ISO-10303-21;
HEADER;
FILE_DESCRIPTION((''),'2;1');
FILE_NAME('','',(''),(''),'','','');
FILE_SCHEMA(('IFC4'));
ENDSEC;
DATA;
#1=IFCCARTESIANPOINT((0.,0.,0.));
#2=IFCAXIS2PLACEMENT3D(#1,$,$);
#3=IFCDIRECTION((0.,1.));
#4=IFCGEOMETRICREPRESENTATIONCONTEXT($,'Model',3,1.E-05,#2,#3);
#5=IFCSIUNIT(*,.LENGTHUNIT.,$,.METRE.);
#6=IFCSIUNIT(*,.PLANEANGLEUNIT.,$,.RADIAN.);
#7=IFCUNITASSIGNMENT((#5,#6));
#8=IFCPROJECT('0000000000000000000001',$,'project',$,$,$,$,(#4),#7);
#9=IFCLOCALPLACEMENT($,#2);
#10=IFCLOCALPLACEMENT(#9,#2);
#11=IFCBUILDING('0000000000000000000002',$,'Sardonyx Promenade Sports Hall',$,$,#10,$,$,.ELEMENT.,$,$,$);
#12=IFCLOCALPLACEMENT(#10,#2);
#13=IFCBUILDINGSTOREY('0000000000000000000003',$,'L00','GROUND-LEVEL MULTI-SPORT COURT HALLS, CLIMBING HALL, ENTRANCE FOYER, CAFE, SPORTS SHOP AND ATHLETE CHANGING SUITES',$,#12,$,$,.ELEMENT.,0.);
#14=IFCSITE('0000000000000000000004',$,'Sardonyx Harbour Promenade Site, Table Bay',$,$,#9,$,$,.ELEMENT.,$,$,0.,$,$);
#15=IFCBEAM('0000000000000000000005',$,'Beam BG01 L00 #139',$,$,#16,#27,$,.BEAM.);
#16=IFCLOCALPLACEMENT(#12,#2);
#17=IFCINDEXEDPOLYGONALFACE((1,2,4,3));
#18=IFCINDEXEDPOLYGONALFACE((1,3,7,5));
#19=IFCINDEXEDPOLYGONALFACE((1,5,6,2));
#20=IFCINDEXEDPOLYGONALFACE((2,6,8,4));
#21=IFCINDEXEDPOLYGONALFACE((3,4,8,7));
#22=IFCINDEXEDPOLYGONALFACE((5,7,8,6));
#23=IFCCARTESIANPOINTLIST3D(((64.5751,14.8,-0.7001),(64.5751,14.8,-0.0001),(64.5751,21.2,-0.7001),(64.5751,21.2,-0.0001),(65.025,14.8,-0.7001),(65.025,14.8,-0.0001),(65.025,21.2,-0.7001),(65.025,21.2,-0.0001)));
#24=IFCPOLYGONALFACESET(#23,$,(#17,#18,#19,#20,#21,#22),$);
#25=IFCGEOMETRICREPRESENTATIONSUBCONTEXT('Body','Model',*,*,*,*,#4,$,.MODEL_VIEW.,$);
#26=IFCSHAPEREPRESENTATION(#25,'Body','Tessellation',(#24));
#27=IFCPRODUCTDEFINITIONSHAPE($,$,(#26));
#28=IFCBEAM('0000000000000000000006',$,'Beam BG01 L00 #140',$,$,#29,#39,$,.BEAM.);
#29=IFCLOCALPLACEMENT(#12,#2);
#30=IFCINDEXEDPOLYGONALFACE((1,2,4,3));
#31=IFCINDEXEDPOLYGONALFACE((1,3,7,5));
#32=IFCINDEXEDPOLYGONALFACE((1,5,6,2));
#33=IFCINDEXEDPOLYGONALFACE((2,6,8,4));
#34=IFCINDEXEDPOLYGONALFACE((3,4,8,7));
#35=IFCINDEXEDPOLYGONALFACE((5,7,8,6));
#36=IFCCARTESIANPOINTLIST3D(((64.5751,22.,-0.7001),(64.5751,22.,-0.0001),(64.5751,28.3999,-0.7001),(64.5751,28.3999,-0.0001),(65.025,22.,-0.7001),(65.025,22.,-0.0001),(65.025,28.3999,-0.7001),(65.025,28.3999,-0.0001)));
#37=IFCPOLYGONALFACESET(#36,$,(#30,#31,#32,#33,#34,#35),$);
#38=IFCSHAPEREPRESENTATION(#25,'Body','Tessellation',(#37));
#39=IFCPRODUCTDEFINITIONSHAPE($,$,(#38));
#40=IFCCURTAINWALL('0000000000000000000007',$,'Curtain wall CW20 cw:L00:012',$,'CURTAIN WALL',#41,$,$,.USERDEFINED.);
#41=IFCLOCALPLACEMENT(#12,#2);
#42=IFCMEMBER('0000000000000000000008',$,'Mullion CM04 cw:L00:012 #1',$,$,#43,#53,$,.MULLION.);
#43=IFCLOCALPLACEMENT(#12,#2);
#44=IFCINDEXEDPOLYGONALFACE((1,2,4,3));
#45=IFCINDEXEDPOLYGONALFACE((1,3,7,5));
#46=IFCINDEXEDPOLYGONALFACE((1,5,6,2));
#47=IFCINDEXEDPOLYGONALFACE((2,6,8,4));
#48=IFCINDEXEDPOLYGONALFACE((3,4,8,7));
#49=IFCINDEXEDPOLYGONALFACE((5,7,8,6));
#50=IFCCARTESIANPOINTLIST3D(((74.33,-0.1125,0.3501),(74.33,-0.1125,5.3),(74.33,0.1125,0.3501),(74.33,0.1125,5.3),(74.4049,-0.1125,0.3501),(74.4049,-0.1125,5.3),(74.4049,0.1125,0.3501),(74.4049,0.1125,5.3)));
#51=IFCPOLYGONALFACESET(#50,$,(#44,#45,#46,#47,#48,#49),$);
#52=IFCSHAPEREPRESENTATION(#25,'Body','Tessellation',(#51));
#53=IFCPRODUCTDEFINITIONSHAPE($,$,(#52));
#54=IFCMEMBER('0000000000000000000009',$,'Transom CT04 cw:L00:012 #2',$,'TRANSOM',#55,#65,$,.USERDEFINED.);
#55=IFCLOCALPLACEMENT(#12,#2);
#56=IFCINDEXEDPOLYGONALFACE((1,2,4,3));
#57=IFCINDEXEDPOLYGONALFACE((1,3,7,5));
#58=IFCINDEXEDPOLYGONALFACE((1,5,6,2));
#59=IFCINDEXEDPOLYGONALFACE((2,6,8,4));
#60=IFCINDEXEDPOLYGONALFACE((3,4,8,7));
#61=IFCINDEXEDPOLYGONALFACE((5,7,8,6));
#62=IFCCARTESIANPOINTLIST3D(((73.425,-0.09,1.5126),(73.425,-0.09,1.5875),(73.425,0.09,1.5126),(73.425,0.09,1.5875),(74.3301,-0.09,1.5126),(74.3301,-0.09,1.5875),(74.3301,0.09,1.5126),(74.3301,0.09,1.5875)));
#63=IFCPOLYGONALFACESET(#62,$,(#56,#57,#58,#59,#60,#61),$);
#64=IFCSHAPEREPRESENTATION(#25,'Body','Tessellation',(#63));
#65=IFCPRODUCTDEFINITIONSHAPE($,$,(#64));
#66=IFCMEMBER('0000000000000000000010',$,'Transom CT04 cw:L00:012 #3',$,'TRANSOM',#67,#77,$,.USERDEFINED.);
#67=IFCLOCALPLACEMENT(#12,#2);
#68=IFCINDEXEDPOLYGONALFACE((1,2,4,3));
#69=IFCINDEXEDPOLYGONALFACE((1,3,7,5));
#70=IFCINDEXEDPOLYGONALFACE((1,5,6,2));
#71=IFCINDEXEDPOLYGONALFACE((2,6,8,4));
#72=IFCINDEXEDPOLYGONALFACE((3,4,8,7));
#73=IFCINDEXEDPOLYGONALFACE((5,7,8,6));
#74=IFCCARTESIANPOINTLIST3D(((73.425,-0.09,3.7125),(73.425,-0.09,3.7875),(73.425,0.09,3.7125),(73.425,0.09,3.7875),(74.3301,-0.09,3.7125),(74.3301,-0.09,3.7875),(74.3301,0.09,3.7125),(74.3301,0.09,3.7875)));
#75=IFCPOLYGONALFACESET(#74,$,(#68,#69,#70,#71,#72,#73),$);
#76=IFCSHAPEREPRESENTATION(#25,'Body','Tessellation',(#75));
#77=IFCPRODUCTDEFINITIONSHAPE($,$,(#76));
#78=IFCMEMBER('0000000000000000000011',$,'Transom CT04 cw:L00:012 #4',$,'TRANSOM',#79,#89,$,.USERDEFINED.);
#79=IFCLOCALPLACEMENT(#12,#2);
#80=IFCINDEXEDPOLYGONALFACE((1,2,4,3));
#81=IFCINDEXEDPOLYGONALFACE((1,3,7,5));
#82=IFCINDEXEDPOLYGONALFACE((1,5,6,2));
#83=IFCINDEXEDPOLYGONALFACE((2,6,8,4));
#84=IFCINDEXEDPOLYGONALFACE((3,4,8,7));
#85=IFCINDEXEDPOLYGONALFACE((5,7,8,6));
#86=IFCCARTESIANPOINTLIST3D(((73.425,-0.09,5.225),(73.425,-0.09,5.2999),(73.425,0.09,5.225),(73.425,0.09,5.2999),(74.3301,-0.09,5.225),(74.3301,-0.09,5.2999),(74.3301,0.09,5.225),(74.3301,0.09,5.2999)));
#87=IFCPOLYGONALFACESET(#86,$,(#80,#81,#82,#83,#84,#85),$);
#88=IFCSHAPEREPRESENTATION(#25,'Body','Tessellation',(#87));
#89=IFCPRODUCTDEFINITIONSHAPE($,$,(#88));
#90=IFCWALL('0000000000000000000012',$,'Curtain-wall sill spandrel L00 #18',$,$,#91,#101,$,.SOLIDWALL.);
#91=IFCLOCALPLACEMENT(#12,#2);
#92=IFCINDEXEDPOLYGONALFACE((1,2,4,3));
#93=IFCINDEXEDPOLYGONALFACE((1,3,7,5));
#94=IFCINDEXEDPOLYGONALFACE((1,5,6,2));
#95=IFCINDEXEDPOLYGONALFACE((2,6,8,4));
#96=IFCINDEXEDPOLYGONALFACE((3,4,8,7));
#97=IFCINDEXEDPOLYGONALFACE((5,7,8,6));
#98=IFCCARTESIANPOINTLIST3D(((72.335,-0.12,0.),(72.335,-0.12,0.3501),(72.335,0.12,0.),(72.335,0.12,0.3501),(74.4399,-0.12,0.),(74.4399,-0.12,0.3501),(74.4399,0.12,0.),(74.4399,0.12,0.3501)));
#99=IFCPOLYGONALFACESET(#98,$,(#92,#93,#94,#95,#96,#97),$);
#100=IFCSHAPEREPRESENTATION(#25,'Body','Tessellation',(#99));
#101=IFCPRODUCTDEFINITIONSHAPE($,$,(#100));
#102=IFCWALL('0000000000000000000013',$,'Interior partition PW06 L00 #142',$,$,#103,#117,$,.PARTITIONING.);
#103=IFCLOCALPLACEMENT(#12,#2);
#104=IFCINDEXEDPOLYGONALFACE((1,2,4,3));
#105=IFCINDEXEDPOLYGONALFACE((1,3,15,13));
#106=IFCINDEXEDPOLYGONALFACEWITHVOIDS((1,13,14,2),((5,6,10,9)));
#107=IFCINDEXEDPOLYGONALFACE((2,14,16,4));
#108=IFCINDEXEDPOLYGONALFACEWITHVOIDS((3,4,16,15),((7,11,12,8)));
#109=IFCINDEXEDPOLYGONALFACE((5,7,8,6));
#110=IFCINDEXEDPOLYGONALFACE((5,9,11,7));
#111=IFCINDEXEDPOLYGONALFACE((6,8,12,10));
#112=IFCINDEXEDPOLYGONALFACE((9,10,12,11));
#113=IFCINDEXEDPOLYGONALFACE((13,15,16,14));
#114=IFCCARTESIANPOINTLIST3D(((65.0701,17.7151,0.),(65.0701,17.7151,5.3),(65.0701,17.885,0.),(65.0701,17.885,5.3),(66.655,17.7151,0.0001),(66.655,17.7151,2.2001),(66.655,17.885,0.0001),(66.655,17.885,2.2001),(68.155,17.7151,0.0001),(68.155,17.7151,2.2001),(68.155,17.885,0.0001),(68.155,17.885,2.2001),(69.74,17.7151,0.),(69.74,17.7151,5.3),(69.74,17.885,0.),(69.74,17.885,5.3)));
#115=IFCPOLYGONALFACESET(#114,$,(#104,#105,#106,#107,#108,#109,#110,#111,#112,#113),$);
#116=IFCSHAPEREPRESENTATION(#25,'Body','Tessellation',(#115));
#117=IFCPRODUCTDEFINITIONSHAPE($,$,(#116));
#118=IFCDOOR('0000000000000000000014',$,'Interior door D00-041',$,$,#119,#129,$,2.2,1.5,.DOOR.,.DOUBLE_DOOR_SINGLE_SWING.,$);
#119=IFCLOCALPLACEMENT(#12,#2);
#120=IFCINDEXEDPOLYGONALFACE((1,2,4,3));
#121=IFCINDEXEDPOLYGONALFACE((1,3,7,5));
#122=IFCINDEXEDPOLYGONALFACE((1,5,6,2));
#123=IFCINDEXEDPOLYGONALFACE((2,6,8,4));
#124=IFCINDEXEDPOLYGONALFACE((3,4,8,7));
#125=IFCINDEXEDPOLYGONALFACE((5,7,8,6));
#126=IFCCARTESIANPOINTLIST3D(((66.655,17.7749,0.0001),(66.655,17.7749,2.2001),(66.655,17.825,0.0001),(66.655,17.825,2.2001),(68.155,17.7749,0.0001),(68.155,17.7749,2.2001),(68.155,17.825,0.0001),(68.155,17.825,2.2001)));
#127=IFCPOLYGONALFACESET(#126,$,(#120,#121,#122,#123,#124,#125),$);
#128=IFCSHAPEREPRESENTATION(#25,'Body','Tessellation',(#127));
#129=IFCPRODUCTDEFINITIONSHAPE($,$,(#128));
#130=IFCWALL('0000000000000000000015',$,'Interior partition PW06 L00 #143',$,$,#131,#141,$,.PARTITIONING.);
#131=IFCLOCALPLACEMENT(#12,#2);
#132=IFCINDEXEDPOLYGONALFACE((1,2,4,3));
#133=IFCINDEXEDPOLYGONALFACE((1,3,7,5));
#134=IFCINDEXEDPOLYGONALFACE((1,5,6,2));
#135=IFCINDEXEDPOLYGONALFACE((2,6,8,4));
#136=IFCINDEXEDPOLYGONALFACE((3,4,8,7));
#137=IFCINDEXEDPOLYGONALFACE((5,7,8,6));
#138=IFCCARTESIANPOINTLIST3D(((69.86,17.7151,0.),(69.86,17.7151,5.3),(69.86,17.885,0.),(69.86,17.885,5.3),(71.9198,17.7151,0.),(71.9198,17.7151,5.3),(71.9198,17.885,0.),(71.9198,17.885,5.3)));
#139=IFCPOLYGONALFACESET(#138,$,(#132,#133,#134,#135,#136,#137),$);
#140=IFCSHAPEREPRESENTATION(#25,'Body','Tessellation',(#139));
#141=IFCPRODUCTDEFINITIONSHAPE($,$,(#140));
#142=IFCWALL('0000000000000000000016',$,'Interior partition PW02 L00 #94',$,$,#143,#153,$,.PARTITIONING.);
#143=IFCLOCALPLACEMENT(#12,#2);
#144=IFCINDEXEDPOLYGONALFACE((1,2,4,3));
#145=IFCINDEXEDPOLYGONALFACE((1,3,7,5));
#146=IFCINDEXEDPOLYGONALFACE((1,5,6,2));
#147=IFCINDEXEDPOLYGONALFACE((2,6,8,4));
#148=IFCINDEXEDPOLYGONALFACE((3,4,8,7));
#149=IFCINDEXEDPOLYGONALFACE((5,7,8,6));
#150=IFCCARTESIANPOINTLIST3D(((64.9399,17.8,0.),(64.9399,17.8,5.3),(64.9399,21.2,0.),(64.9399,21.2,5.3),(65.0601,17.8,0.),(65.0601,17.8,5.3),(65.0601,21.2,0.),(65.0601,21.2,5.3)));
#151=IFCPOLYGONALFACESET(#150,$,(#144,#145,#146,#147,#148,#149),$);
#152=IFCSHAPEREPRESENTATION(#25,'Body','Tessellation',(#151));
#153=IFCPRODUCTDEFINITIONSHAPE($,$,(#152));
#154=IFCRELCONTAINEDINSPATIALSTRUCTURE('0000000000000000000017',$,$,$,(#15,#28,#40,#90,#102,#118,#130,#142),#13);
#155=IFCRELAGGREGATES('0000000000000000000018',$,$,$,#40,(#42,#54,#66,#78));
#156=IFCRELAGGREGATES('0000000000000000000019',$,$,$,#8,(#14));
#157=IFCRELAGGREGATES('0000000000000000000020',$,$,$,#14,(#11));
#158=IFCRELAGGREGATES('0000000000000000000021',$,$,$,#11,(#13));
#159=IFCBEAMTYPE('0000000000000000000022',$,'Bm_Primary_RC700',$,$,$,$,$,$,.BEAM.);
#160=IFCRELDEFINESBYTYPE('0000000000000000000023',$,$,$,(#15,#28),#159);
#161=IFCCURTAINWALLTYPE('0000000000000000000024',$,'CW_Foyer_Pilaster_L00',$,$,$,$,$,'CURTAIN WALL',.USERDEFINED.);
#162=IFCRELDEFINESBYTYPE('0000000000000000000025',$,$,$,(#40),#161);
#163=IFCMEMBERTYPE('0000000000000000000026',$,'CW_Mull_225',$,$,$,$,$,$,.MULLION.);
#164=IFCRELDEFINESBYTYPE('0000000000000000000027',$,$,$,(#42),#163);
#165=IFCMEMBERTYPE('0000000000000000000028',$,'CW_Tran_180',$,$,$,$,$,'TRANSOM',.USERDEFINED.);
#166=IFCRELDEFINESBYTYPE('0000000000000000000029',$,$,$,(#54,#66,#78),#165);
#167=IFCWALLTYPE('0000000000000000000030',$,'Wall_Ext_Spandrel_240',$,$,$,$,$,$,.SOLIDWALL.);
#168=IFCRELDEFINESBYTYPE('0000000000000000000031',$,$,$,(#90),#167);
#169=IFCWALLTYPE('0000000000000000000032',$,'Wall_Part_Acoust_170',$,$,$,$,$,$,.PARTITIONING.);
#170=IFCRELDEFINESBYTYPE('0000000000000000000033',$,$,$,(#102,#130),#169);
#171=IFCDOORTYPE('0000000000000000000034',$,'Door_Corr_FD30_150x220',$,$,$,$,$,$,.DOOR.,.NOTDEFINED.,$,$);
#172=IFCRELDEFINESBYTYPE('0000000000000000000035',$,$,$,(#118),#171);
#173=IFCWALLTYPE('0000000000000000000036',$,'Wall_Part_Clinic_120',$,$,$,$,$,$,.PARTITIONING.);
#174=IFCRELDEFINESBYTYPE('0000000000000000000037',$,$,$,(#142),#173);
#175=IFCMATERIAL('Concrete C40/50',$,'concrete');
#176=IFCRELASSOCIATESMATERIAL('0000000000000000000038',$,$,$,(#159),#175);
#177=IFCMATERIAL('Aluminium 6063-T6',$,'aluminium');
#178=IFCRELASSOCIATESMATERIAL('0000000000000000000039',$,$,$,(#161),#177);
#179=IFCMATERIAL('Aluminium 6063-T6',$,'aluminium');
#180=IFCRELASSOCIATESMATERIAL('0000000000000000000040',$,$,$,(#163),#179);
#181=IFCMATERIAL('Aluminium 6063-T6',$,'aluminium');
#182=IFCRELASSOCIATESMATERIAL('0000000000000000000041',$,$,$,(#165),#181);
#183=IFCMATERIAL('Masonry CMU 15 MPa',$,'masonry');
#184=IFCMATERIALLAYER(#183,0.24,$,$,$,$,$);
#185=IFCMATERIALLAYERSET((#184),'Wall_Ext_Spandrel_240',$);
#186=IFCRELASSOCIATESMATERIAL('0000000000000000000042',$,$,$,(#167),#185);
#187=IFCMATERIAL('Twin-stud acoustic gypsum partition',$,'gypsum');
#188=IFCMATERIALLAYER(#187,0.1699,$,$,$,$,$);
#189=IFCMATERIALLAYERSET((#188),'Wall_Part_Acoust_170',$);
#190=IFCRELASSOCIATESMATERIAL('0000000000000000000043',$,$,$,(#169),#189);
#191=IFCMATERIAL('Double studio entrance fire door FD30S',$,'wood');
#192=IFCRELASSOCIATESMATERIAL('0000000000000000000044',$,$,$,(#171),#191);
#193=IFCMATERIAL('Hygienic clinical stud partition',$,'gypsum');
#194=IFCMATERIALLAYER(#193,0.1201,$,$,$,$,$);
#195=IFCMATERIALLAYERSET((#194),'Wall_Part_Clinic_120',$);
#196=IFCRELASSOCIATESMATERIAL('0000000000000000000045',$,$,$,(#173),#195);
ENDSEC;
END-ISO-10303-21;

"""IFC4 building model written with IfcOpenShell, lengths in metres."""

from ifc_helpers import new_model, si_unit, direction, frame, frame_2d, origin, origin_2d, place, context, subcontext, project, spatial, rectangle, extrude, material, layer, layer_set, material_profile, profile_set, type_object, element, fill, aggregate, save


model = new_model("IFC4")

# Units and contexts
model_context = context("Model", 3, precision=1e-05, world=origin(), true_north=direction((0.0, 1.0)))
body_context = subcontext(model_context, "Body", "Model", "MODEL_VIEW")
ifc_project = project(units=[si_unit("LENGTHUNIT", "METRE"), si_unit("PLANEANGLEUNIT", "RADIAN")], contexts=[model_context])

# Site, building, storey
site_placement = place(None, origin())
site = spatial("IfcSite", under=ifc_project, at=site_placement, Name="Sardonyx Harbour Promenade Site, Table Bay", CompositionType="ELEMENT", RefElevation=0.0)
building_placement = place(site_placement, origin())
building = spatial("IfcBuilding", under=site, at=building_placement, Name="Sardonyx Promenade Sports Hall", CompositionType="ELEMENT")
storey_placement = place(building_placement, origin())
storey = spatial("IfcBuildingStorey", under=building, at=storey_placement, Name="L00", Description="GROUND-LEVEL MULTI-SPORT COURT HALLS, CLIMBING HALL, ENTRANCE FOYER, CAFE, SPORTS SHOP AND ATHLETE CHANGING SUITES", CompositionType="ELEMENT", Elevation=0.0)

# Beams
ifc_material_1 = material(Name="Concrete C40/50", Category="concrete")
ifc_material_profile_1 = material_profile(ifc_material_1, rectangle(XDim=0.45, YDim=0.7, at=origin_2d()))
ifc_profile_set_1 = profile_set([ifc_material_profile_1], Name="Concrete C40/50")
beam_type_1 = type_object("IfcBeamType", Name="Bm_Primary_RC700", PredefinedType="BEAM", material=ifc_profile_set_1)
for number, where, z_axis, x_axis, name in (
    (1, (64.8, 14.8, -0.3501), (0.0, 1.0, 0.0), (-1.0, 0.0, 0.0), "Beam BG01 L00 #139"),
    (2, (64.8, 22.0, -0.3501), (0.0, 1.0, 0.0), (-1.0, 0.0, 0.0), "Beam BG01 L00 #140"),
):
    element("IfcBeam", number, at=place(storey_placement, frame(where, z_axis=z_axis, x_axis=x_axis)), inside=storey, type_object=beam_type_1, Name=name, PredefinedType="BEAM", context=body_context, shape_type="SweptSolid", body=[
        extrude(rectangle(XDim=0.45, YDim=0.7, at=origin_2d()), origin(), (0.0, 0.0, 1.0), 6.3999),
    ])

# Curtain wall, members
ifc_material_2 = material(Name="Aluminium 6063-T6", Category="aluminium")
curtain_wall_type = type_object("IfcCurtainWallType", Name="CW_Foyer_Pilaster_L00", ElementType="CURTAIN WALL", PredefinedType="USERDEFINED", material=ifc_material_2)
curtain_wall_placement = place(storey_placement, origin())
curtain_wall = element("IfcCurtainWall", 3, at=curtain_wall_placement, inside=storey, type_object=curtain_wall_type, Name="Curtain wall CW20 cw:L00:012", ObjectType="CURTAIN WALL", PredefinedType="USERDEFINED")
ifc_material_3 = material(Name="Aluminium 6063-T6", Category="aluminium")
ifc_material_profile_2 = material_profile(ifc_material_3, rectangle(XDim=0.075, YDim=0.2251, at=origin_2d()))
ifc_profile_set_2 = profile_set([ifc_material_profile_2], Name="Aluminium 6063-T6")
member_type_1 = type_object("IfcMemberType", Name="CW_Mull_225", PredefinedType="MULLION", material=ifc_profile_set_2)
member_1_placement = place(storey_placement, frame((74.3674, 0.0, 0.3501), z_axis=(0.0, 0.0, 1.0), x_axis=(-1.0, 0.0, 0.0)))
member_1 = element("IfcMember", 4, at=member_1_placement, type_object=member_type_1, Name="Mullion CM04 cw:L00:012 #1", PredefinedType="MULLION", context=body_context, shape_type="SweptSolid", body=[
    extrude(rectangle(XDim=0.075, YDim=0.2251, at=origin_2d()), origin(), (0.0, 0.0, 1.0), 4.95),
])
ifc_material_4 = material(Name="Aluminium 6063-T6", Category="aluminium")
ifc_material_profile_3 = material_profile(ifc_material_4, rectangle(XDim=0.075, YDim=0.1799, at=origin_2d()))
ifc_profile_set_3 = profile_set([ifc_material_profile_3], Name="Aluminium 6063-T6")
member_type_2 = type_object("IfcMemberType", Name="CW_Tran_180", ElementType="TRANSOM", PredefinedType="USERDEFINED", material=ifc_profile_set_3)
member_2_placement = place(storey_placement, frame((74.3301, 0.0, 1.55), z_axis=(-1.0, 0.0, 0.0), x_axis=(0.0, 0.0, 1.0)))
member_2 = element("IfcMember", 5, at=member_2_placement, type_object=member_type_2, Name="Transom CT04 cw:L00:012 #2", ObjectType="TRANSOM", PredefinedType="USERDEFINED", context=body_context, shape_type="SweptSolid", body=[
    extrude(rectangle(XDim=0.075, YDim=0.1799, at=origin_2d()), origin(), (0.0, 0.0, 1.0), 0.905),
])
member_3_placement = place(storey_placement, frame((74.3301, 0.0, 3.75), z_axis=(-1.0, 0.0, 0.0), x_axis=(0.0, 0.0, 1.0)))
member_3 = element("IfcMember", 6, at=member_3_placement, type_object=member_type_2, Name="Transom CT04 cw:L00:012 #3", ObjectType="TRANSOM", PredefinedType="USERDEFINED", context=body_context, shape_type="SweptSolid", body=[
    extrude(rectangle(XDim=0.075, YDim=0.1799, at=origin_2d()), origin(), (0.0, 0.0, 1.0), 0.905),
])
member_4_placement = place(storey_placement, frame((74.3301, 0.0, 5.2625), z_axis=(-1.0, 0.0, 0.0), x_axis=(0.0, 0.0, 1.0)))
member_4 = element("IfcMember", 7, at=member_4_placement, type_object=member_type_2, Name="Transom CT04 cw:L00:012 #4", ObjectType="TRANSOM", PredefinedType="USERDEFINED", context=body_context, shape_type="SweptSolid", body=[
    extrude(rectangle(XDim=0.075, YDim=0.1799, at=origin_2d()), origin(), (0.0, 0.0, 1.0), 0.905),
])
aggregate(curtain_wall, [member_1, member_2, member_3, member_4])

# Wall
ifc_material_5 = material(Name="Masonry CMU 15 MPa", Category="masonry")
ifc_layer_1 = layer(ifc_material_5, 0.24)
ifc_layer_set_1 = layer_set([ifc_layer_1], Name="Wall_Ext_Spandrel_240")
wall_type_1 = type_object("IfcWallType", Name="Wall_Ext_Spandrel_240", PredefinedType="SOLIDWALL", material=ifc_layer_set_1)
wall_1_placement = place(storey_placement, frame((74.4399, 0.0, 0.0), z_axis=(0.0, 0.0, 1.0), x_axis=(-1.0, 0.0, 0.0)))
element("IfcWall", 8, at=wall_1_placement, inside=storey, type_object=wall_type_1, Name="Curtain-wall sill spandrel L00 #18", PredefinedType="SOLIDWALL", context=body_context, shape_type="SweptSolid", body=[
    extrude(rectangle(XDim=2.105, YDim=0.24, at=frame_2d((1.0525, 0.0))), origin(), (0.0, 0.0, 1.0), 0.3501),
])

# Wall, opening, door
ifc_material_6 = material(Name="Twin-stud acoustic gypsum partition", Category="gypsum")
ifc_layer_2 = layer(ifc_material_6, 0.1699)
ifc_layer_set_2 = layer_set([ifc_layer_2], Name="Wall_Part_Acoust_170")
wall_type_2 = type_object("IfcWallType", Name="Wall_Part_Acoust_170", PredefinedType="PARTITIONING", material=ifc_layer_set_2)
wall_2_placement = place(storey_placement, frame((65.0701, 17.8, 0.0), z_axis=(0.0, 0.0, 1.0), x_axis=(1.0, 0.0, 0.0)))
wall_2 = element("IfcWall", 9, at=wall_2_placement, inside=storey, type_object=wall_type_2, Name="Interior partition PW06 L00 #142", PredefinedType="PARTITIONING", context=body_context, shape_type="SweptSolid", body=[
    extrude(rectangle(XDim=4.6699, YDim=0.1699, at=frame_2d((2.335, 0.0))), origin(), (0.0, 0.0, 1.0), 5.3),
])
opening_1_placement = place(wall_2_placement, frame((1.585, 0.0, 0.0)))
opening_1 = element("IfcOpeningElement", 10, at=opening_1_placement, cuts=wall_2, PredefinedType="OPENING", context=body_context, shape_type="SweptSolid", body=[
    extrude(rectangle(XDim=1.5, YDim=2.2, at=frame_2d((0.75, 1.1001))), frame((0.0, 0.095, 0.0), z_axis=(0.0, -1.0, 0.0), x_axis=(1.0, 0.0, 0.0)), (0.0, 0.0, 1.0), 0.19),
])
ifc_material_7 = material(Name="Double studio entrance fire door FD30S", Category="wood")
door_type_1 = type_object("IfcDoorType", Name="Door_Corr_FD30_150x220", OperationType="NOTDEFINED", PredefinedType="DOOR", material=ifc_material_7)
door_1_placement = place(opening_1_placement, origin())
door_1 = element("IfcDoor", 11, at=door_1_placement, inside=storey, type_object=door_type_1, Name="Interior door D00-041", OperationType="DOUBLE_DOOR_SINGLE_SWING", OverallHeight=2.2, OverallWidth=1.5, PredefinedType="DOOR", context=body_context, shape_type="SweptSolid", body=[
    extrude(rectangle(XDim=1.5, YDim=2.2, at=frame_2d((0.75, 1.1001))), frame((0.0, 0.0249, 0.0), z_axis=(0.0, -1.0, 0.0), x_axis=(1.0, 0.0, 0.0)), (0.0, 0.0, 1.0), 0.05),
])
fill(opening_1, door_1)

# Walls
wall_3_placement = place(storey_placement, frame((69.8601, 17.8, 0.0), z_axis=(0.0, 0.0, 1.0), x_axis=(1.0, 0.0, 0.0)))
element("IfcWall", 12, at=wall_3_placement, inside=storey, type_object=wall_type_2, Name="Interior partition PW06 L00 #143", PredefinedType="PARTITIONING", context=body_context, shape_type="SweptSolid", body=[
    extrude(rectangle(XDim=2.0598, YDim=0.1699, at=frame_2d((1.0298, 0.0))), origin(), (0.0, 0.0, 1.0), 5.3),
])
ifc_material_8 = material(Name="Hygienic clinical stud partition", Category="gypsum")
ifc_layer_3 = layer(ifc_material_8, 0.1201)
ifc_layer_set_3 = layer_set([ifc_layer_3], Name="Wall_Part_Clinic_120")
wall_type_3 = type_object("IfcWallType", Name="Wall_Part_Clinic_120", PredefinedType="PARTITIONING", material=ifc_layer_set_3)
wall_4_placement = place(storey_placement, frame((65.0, 17.8, 0.0), z_axis=(0.0, 0.0, 1.0), x_axis=(0.0, 1.0, 0.0)))
element("IfcWall", 13, at=wall_4_placement, inside=storey, type_object=wall_type_3, Name="Interior partition PW02 L00 #94", PredefinedType="PARTITIONING", context=body_context, shape_type="SweptSolid", body=[
    extrude(rectangle(XDim=3.3999, YDim=0.1201, at=frame_2d((1.7, 0.0))), origin(), (0.0, 0.0, 1.0), 5.3),
])

save(model, "model.ifc")
